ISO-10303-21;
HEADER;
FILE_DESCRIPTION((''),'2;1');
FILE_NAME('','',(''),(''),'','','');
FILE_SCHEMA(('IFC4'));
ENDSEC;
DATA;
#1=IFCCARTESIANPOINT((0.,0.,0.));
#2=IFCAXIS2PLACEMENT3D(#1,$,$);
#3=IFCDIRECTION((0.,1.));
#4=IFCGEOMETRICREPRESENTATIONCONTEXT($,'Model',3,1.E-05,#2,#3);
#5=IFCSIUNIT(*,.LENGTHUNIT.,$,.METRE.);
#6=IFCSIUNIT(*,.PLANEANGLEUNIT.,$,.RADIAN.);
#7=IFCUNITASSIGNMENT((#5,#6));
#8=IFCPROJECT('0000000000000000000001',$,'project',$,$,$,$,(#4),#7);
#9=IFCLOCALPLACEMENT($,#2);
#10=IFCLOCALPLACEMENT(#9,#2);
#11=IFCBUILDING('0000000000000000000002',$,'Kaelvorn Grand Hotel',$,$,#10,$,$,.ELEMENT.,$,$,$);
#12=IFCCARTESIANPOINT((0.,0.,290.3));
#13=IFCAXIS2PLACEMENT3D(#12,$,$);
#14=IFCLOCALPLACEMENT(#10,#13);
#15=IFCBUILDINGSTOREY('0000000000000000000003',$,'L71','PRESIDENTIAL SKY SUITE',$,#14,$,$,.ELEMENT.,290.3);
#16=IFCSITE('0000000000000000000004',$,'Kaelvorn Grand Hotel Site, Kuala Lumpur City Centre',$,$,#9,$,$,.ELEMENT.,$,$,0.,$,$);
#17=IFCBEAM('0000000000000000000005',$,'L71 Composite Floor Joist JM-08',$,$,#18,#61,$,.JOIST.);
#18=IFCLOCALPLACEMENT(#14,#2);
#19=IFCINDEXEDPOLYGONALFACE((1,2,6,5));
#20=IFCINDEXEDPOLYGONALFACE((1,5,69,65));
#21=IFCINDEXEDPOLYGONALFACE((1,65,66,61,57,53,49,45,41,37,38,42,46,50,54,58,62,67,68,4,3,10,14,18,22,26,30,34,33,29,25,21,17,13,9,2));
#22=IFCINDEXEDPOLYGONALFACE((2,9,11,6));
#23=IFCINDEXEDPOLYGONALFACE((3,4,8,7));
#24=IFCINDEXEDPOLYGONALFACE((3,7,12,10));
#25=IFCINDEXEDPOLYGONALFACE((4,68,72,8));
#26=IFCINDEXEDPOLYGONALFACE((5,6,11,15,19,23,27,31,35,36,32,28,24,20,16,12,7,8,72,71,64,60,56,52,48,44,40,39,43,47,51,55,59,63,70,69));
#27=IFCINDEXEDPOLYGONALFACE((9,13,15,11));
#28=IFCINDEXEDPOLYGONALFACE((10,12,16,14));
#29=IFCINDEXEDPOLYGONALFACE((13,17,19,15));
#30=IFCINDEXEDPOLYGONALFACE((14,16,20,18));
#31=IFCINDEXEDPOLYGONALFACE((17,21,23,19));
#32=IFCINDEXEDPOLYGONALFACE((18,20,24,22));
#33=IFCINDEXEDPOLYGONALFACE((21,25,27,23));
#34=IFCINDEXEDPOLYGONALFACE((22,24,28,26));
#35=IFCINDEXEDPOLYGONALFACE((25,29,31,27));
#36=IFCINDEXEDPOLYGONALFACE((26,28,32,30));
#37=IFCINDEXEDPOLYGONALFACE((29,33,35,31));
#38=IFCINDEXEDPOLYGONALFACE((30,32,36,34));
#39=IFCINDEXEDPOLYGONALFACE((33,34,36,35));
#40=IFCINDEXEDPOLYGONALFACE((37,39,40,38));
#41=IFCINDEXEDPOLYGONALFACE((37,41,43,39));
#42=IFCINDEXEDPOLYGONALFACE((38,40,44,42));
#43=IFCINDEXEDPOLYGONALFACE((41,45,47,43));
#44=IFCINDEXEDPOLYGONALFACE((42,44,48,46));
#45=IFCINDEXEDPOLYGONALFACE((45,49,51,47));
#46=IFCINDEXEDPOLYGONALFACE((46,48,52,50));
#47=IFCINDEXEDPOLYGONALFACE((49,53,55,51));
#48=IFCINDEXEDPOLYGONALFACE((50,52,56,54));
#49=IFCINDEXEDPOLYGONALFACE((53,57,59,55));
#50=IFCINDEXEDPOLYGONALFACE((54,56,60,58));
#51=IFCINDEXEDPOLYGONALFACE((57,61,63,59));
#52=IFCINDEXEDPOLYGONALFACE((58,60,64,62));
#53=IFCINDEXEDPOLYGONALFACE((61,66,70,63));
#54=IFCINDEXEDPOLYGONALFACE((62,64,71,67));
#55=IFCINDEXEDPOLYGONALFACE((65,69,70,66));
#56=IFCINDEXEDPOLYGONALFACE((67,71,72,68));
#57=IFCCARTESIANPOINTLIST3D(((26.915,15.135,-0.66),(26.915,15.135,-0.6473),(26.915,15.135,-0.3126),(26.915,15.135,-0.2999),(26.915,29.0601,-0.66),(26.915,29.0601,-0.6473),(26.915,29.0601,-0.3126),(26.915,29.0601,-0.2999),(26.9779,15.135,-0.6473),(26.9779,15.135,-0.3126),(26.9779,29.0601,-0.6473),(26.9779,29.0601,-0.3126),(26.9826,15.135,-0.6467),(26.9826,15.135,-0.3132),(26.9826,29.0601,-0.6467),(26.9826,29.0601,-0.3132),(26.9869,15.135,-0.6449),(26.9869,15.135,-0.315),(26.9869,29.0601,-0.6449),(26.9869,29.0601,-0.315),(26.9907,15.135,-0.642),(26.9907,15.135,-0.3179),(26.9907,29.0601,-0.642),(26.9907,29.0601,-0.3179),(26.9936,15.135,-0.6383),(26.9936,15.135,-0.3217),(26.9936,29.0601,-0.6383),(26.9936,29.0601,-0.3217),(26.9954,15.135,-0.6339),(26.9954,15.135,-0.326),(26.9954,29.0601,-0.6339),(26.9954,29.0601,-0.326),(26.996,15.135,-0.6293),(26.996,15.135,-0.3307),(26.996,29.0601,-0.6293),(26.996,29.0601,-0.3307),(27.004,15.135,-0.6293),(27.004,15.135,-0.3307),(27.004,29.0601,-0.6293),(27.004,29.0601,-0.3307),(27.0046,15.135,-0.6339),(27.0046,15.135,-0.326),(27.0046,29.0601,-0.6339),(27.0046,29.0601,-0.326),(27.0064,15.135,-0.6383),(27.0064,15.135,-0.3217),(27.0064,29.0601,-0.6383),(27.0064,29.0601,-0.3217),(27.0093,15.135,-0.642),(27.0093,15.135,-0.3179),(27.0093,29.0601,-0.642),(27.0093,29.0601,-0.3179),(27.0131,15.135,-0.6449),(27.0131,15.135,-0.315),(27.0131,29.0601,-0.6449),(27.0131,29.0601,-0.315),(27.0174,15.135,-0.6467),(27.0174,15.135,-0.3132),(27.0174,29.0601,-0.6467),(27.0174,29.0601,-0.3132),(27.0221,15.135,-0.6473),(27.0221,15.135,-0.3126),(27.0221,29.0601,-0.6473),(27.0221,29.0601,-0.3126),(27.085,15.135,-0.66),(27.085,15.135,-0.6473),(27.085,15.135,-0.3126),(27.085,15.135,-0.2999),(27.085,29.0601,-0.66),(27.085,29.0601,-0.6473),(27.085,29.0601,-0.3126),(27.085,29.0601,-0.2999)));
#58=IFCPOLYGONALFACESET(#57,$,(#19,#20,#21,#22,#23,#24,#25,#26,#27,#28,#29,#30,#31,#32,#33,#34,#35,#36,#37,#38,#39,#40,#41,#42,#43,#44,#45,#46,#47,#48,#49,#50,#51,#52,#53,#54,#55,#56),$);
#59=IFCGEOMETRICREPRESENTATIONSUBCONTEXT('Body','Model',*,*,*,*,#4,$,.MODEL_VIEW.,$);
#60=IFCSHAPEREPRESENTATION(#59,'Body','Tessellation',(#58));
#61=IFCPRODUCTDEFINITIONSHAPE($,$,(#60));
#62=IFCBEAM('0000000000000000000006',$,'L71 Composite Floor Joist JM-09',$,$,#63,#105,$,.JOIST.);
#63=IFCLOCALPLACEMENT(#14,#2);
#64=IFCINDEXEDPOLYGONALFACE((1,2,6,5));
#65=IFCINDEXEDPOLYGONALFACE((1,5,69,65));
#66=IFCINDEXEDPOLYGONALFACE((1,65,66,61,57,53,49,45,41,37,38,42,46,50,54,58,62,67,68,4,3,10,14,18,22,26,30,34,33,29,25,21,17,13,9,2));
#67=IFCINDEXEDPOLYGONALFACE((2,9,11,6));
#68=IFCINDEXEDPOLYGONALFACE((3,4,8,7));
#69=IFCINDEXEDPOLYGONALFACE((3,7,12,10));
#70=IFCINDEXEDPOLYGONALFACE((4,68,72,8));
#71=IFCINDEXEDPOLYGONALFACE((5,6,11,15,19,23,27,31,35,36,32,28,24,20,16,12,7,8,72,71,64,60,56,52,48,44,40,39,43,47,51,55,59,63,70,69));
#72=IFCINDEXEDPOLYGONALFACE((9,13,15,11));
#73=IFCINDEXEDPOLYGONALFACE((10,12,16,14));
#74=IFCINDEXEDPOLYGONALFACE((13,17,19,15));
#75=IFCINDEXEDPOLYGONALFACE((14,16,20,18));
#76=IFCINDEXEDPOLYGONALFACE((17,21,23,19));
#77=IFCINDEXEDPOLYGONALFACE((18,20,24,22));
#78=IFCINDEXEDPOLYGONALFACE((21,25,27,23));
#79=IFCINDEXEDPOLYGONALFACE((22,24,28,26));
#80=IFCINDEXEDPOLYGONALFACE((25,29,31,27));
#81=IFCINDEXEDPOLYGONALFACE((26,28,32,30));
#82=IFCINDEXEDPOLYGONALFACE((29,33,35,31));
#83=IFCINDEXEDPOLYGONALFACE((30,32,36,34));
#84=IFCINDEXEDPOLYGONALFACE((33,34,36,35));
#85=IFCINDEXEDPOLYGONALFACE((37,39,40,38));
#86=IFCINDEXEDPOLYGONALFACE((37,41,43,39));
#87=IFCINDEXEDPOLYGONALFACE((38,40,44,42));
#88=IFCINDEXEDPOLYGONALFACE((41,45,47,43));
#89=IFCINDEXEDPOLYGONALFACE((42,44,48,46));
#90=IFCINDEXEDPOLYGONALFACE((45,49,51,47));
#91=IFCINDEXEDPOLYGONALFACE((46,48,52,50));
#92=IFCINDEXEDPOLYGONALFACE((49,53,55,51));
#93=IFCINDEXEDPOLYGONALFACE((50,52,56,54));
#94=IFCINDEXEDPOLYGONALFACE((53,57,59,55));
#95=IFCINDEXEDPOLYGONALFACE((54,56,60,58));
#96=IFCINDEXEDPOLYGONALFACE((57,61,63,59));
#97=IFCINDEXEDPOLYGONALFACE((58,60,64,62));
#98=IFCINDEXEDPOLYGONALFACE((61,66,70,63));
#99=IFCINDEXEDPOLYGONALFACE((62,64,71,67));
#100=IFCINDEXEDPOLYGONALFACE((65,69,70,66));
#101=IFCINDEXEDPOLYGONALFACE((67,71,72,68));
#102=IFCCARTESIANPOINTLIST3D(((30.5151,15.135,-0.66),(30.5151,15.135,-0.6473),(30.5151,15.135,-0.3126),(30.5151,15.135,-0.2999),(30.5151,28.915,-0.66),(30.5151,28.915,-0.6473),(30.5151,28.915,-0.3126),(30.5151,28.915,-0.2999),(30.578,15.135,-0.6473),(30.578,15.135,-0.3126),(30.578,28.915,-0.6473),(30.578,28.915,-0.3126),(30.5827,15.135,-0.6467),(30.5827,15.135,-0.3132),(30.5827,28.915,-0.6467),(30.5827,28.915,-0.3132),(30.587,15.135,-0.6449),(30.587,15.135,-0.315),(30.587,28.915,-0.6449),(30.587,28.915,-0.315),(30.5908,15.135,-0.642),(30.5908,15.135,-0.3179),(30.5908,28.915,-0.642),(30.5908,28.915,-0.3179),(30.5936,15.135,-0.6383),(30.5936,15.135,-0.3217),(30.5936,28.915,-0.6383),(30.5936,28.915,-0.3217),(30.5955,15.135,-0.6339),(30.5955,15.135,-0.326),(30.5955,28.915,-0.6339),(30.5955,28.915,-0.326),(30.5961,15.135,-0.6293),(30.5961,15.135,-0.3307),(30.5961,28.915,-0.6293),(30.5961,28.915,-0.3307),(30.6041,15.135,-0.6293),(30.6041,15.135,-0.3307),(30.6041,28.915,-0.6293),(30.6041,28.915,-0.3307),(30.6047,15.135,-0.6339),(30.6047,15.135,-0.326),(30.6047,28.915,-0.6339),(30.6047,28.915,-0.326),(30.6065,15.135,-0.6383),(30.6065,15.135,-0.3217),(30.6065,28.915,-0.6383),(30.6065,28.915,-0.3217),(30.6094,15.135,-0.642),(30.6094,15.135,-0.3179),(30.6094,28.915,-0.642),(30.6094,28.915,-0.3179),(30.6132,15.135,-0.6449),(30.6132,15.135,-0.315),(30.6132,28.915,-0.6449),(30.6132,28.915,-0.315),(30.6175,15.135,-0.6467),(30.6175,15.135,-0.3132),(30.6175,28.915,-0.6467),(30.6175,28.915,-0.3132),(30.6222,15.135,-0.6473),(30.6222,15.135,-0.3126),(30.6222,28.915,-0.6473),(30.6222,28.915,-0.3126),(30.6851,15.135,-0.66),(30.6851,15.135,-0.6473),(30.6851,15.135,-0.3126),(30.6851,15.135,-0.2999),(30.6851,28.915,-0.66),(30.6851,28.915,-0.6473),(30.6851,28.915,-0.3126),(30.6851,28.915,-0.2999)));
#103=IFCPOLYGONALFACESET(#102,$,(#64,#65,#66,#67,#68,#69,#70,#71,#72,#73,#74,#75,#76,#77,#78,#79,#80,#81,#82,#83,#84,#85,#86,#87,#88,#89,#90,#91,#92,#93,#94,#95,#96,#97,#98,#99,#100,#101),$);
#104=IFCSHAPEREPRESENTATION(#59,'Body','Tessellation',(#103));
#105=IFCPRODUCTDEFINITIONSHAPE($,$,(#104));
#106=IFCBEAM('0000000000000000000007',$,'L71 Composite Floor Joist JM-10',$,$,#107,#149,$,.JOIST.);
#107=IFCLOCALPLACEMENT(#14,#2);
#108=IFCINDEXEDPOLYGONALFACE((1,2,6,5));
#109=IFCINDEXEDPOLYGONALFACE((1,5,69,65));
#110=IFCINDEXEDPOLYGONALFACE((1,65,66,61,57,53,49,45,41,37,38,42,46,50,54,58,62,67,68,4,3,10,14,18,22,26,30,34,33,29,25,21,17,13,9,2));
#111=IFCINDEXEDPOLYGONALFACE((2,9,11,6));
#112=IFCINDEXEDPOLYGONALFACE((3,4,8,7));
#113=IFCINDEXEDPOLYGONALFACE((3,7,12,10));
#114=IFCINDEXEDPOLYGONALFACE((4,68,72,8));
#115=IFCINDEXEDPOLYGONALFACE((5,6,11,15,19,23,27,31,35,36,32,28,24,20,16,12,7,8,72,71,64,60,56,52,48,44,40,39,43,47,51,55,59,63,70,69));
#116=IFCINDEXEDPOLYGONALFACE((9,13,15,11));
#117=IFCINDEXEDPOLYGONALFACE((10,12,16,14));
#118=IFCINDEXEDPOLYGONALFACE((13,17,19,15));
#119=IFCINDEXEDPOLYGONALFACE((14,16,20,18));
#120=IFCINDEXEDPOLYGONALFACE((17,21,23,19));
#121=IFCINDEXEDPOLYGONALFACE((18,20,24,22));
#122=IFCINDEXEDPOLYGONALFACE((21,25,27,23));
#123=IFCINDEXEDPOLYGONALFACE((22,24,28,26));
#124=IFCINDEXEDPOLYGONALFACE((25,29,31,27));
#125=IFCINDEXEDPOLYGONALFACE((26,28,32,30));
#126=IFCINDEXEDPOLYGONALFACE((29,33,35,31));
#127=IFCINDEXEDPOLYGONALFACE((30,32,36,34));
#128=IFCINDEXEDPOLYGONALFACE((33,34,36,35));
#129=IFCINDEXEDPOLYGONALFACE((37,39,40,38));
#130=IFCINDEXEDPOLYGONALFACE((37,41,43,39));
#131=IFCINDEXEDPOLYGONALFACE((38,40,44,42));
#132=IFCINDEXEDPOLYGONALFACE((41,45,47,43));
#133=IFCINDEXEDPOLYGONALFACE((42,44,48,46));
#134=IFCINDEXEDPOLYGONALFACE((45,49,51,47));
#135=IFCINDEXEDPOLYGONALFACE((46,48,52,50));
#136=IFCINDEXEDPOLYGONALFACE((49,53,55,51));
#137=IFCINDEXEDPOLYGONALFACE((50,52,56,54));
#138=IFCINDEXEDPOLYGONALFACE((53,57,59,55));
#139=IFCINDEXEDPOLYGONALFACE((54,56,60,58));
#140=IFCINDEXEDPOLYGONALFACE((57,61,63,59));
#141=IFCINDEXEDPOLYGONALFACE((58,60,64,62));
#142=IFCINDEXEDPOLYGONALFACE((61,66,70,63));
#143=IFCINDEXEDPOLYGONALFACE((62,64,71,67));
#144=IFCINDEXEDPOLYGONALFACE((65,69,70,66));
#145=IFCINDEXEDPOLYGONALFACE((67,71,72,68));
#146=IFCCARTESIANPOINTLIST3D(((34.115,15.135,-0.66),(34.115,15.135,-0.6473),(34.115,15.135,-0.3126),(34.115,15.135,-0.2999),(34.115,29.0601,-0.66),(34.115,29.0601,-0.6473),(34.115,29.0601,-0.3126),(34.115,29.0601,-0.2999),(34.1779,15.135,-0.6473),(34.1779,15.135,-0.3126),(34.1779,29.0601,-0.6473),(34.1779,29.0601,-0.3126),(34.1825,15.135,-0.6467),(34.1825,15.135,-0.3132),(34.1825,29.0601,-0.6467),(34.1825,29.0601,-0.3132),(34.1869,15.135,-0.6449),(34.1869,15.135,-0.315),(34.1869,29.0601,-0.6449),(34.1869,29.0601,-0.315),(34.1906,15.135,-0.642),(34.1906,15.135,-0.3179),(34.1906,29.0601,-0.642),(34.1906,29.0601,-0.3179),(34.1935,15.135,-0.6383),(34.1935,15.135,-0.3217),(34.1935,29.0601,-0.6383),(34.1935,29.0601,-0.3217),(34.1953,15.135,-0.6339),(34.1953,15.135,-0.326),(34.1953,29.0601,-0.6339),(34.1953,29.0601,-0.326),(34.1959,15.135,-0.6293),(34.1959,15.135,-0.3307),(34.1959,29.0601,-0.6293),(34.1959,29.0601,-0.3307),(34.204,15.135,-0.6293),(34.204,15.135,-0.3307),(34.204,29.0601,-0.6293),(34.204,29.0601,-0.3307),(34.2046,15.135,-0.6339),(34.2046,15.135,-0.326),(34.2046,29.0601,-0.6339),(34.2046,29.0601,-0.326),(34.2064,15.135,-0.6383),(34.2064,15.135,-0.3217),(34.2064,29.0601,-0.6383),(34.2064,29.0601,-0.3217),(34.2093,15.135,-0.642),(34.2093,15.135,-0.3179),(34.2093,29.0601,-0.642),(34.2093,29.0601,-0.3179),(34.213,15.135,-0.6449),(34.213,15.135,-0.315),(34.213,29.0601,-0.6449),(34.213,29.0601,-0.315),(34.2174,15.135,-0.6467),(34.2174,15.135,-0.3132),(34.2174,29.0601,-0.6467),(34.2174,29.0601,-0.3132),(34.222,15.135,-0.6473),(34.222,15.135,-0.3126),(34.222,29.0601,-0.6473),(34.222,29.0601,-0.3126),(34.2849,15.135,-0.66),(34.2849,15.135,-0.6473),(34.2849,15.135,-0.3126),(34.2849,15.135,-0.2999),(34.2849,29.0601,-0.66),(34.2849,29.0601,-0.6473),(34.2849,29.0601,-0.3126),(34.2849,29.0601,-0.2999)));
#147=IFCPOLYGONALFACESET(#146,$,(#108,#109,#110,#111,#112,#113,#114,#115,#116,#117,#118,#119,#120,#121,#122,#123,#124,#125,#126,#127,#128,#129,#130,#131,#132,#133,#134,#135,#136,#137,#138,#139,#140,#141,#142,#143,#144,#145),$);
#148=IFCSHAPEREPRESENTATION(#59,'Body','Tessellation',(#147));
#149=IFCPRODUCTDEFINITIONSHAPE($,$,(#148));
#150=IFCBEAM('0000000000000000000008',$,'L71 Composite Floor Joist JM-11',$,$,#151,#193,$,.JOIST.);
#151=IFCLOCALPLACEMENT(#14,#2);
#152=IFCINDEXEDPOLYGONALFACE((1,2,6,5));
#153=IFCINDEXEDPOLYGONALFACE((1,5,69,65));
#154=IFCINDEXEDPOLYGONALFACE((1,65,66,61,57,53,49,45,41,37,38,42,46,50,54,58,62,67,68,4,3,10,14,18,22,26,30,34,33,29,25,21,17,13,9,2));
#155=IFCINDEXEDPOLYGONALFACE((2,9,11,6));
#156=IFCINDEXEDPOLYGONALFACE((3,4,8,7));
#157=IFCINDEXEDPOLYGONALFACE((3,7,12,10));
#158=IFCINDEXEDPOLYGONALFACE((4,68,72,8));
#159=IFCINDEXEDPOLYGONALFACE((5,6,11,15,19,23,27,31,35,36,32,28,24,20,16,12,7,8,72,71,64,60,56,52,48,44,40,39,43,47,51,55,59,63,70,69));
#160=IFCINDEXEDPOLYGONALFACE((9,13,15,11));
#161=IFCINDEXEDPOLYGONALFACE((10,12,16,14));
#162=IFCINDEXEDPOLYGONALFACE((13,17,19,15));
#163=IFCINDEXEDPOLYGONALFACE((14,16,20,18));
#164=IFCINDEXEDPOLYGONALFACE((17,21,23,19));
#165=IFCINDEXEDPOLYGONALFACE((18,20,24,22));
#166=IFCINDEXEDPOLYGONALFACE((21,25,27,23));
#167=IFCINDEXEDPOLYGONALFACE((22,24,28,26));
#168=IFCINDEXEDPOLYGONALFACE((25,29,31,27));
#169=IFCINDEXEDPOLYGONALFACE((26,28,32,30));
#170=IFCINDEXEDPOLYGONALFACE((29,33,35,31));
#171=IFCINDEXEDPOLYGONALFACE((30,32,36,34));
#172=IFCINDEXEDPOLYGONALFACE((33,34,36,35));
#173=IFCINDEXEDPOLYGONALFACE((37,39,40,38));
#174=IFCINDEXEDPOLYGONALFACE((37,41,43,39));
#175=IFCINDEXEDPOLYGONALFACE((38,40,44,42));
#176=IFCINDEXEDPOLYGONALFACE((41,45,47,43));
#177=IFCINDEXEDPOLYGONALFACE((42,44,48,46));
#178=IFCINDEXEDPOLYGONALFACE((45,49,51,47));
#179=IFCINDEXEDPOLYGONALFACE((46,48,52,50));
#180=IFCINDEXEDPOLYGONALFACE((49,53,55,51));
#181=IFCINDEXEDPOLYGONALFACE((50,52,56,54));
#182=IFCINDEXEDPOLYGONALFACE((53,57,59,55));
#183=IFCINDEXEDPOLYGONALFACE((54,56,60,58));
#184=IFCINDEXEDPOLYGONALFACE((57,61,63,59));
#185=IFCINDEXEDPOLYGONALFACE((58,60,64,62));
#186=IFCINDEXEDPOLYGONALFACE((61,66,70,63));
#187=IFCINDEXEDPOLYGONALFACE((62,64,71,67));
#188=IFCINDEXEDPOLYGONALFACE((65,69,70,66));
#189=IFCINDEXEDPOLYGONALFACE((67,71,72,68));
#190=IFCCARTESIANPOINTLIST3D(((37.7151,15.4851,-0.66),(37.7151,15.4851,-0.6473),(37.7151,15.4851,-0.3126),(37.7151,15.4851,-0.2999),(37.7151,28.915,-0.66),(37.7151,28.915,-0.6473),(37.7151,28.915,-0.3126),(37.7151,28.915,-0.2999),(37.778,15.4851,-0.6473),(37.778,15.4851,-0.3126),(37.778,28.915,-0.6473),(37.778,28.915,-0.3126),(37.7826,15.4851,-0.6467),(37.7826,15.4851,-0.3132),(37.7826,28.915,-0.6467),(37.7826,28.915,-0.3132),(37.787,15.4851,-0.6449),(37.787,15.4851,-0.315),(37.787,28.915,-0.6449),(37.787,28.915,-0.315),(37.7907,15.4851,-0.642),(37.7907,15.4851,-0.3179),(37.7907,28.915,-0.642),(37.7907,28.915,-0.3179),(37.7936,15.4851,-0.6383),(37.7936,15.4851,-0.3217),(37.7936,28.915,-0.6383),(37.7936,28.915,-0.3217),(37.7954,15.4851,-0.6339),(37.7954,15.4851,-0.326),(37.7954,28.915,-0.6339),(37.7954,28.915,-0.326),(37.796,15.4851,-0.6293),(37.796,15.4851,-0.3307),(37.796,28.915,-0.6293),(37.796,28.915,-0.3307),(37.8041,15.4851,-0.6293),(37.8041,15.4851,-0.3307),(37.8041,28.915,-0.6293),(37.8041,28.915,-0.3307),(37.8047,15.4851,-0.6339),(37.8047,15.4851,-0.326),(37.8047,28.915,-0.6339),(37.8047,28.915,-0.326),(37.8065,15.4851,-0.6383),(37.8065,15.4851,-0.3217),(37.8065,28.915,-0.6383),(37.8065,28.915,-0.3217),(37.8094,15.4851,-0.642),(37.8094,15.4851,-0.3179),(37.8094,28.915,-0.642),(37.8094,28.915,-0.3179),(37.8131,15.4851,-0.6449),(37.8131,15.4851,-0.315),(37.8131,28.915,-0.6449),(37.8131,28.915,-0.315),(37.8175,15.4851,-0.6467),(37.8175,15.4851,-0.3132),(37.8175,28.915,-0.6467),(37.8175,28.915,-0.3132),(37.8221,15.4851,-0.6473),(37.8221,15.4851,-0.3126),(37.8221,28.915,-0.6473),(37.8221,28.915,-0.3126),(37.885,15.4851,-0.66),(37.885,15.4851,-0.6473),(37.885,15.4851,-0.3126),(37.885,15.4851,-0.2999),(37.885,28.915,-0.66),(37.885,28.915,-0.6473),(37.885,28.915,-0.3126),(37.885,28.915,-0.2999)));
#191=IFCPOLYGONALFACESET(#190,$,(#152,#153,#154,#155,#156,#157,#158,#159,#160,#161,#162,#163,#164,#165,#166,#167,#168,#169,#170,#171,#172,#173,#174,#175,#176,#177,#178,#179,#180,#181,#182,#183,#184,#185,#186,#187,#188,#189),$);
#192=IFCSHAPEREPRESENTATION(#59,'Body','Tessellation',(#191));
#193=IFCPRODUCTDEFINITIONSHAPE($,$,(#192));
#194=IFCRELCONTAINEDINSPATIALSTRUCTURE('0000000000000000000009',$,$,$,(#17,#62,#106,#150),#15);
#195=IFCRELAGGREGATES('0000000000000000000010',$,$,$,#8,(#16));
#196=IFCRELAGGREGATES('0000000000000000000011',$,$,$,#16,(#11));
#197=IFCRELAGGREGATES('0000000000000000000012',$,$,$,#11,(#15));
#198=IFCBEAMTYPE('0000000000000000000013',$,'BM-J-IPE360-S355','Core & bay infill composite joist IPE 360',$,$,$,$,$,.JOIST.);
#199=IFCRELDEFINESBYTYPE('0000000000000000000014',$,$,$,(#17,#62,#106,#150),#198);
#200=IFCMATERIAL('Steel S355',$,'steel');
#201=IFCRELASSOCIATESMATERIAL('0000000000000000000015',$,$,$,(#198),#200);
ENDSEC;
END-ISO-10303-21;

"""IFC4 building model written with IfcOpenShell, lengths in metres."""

from ifc_helpers import new_model, si_unit, direction, frame, origin, origin_2d, place, context, subcontext, project, spatial, i_section, extrude, material, material_profile, profile_set, type_object, element, save


model = new_model("IFC4")

# Units and contexts
model_context = context("Model", 3, precision=1e-05, world=origin(), true_north=direction((0.0, 1.0)))
body_context = subcontext(model_context, "Body", "Model", "MODEL_VIEW")
ifc_project = project(units=[si_unit("LENGTHUNIT", "METRE"), si_unit("PLANEANGLEUNIT", "RADIAN")], contexts=[model_context])

# Site, building, storey
site_placement = place(None, origin())
site = spatial("IfcSite", under=ifc_project, at=site_placement, Name="Kaelvorn Grand Hotel Site, Kuala Lumpur City Centre", CompositionType="ELEMENT", RefElevation=0.0)
building_placement = place(site_placement, origin())
building = spatial("IfcBuilding", under=site, at=building_placement, Name="Kaelvorn Grand Hotel", CompositionType="ELEMENT")
storey_placement = place(building_placement, frame((0.0, 0.0, 290.3)))
storey = spatial("IfcBuildingStorey", under=building, at=storey_placement, Name="L71", Description="PRESIDENTIAL SKY SUITE", CompositionType="ELEMENT", Elevation=290.3)

# Beams
ifc_material_1 = material(Name="Steel S355", Category="steel")
ifc_material_profile_1 = material_profile(ifc_material_1, i_section(OverallWidth=0.1699, OverallDepth=0.3601, WebThickness=0.0081, FlangeThickness=0.0127, FilletRadius=0.0181, at=origin_2d()), Name="IPE 360")
ifc_profile_set_1 = profile_set([ifc_material_profile_1], Name="Steel S355")
beam_type_1 = type_object("IfcBeamType", Name="BM-J-IPE360-S355", Description="Core & bay infill composite joist IPE 360", PredefinedType="JOIST", material=ifc_profile_set_1)
beam_1_placement = place(storey_placement, frame((27.0, 15.135, -0.48), z_axis=(0.0, 1.0, 0.0), x_axis=(-1.0, 0.0, 0.0)))
element("IfcBeam", 1, at=beam_1_placement, inside=storey, type_object=beam_type_1, Name="L71 Composite Floor Joist JM-08", PredefinedType="JOIST", context=body_context, shape_type="SweptSolid", body=[
    extrude(i_section(OverallWidth=0.1699, OverallDepth=0.3601, WebThickness=0.0081, FlangeThickness=0.0127, FilletRadius=0.0181, at=origin_2d()), origin(), (0.0, 0.0, 1.0), 13.925),
])
beam_2_placement = place(storey_placement, frame((30.6001, 15.135, -0.48), z_axis=(0.0, 1.0, 0.0), x_axis=(-1.0, 0.0, 0.0)))
element("IfcBeam", 2, at=beam_2_placement, inside=storey, type_object=beam_type_1, Name="L71 Composite Floor Joist JM-09", PredefinedType="JOIST", context=body_context, shape_type="SweptSolid", body=[
    extrude(i_section(OverallWidth=0.1699, OverallDepth=0.3601, WebThickness=0.0081, FlangeThickness=0.0127, FilletRadius=0.0181, at=origin_2d()), origin(), (0.0, 0.0, 1.0), 13.78),
])
beam_3_placement = place(storey_placement, frame((34.2, 15.135, -0.48), z_axis=(0.0, 1.0, 0.0), x_axis=(-1.0, 0.0, 0.0)))
element("IfcBeam", 3, at=beam_3_placement, inside=storey, type_object=beam_type_1, Name="L71 Composite Floor Joist JM-10", PredefinedType="JOIST", context=body_context, shape_type="SweptSolid", body=[
    extrude(i_section(OverallWidth=0.1699, OverallDepth=0.3601, WebThickness=0.0081, FlangeThickness=0.0127, FilletRadius=0.0181, at=origin_2d()), origin(), (0.0, 0.0, 1.0), 13.925),
])
beam_4_placement = place(storey_placement, frame((37.8, 15.4851, -0.48), z_axis=(0.0, 1.0, 0.0), x_axis=(-1.0, 0.0, 0.0)))
element("IfcBeam", 4, at=beam_4_placement, inside=storey, type_object=beam_type_1, Name="L71 Composite Floor Joist JM-11", PredefinedType="JOIST", context=body_context, shape_type="SweptSolid", body=[
    extrude(i_section(OverallWidth=0.1699, OverallDepth=0.3601, WebThickness=0.0081, FlangeThickness=0.0127, FilletRadius=0.0181, at=origin_2d()), origin(), (0.0, 0.0, 1.0), 13.4299),
])

save(model, "model.ifc")
